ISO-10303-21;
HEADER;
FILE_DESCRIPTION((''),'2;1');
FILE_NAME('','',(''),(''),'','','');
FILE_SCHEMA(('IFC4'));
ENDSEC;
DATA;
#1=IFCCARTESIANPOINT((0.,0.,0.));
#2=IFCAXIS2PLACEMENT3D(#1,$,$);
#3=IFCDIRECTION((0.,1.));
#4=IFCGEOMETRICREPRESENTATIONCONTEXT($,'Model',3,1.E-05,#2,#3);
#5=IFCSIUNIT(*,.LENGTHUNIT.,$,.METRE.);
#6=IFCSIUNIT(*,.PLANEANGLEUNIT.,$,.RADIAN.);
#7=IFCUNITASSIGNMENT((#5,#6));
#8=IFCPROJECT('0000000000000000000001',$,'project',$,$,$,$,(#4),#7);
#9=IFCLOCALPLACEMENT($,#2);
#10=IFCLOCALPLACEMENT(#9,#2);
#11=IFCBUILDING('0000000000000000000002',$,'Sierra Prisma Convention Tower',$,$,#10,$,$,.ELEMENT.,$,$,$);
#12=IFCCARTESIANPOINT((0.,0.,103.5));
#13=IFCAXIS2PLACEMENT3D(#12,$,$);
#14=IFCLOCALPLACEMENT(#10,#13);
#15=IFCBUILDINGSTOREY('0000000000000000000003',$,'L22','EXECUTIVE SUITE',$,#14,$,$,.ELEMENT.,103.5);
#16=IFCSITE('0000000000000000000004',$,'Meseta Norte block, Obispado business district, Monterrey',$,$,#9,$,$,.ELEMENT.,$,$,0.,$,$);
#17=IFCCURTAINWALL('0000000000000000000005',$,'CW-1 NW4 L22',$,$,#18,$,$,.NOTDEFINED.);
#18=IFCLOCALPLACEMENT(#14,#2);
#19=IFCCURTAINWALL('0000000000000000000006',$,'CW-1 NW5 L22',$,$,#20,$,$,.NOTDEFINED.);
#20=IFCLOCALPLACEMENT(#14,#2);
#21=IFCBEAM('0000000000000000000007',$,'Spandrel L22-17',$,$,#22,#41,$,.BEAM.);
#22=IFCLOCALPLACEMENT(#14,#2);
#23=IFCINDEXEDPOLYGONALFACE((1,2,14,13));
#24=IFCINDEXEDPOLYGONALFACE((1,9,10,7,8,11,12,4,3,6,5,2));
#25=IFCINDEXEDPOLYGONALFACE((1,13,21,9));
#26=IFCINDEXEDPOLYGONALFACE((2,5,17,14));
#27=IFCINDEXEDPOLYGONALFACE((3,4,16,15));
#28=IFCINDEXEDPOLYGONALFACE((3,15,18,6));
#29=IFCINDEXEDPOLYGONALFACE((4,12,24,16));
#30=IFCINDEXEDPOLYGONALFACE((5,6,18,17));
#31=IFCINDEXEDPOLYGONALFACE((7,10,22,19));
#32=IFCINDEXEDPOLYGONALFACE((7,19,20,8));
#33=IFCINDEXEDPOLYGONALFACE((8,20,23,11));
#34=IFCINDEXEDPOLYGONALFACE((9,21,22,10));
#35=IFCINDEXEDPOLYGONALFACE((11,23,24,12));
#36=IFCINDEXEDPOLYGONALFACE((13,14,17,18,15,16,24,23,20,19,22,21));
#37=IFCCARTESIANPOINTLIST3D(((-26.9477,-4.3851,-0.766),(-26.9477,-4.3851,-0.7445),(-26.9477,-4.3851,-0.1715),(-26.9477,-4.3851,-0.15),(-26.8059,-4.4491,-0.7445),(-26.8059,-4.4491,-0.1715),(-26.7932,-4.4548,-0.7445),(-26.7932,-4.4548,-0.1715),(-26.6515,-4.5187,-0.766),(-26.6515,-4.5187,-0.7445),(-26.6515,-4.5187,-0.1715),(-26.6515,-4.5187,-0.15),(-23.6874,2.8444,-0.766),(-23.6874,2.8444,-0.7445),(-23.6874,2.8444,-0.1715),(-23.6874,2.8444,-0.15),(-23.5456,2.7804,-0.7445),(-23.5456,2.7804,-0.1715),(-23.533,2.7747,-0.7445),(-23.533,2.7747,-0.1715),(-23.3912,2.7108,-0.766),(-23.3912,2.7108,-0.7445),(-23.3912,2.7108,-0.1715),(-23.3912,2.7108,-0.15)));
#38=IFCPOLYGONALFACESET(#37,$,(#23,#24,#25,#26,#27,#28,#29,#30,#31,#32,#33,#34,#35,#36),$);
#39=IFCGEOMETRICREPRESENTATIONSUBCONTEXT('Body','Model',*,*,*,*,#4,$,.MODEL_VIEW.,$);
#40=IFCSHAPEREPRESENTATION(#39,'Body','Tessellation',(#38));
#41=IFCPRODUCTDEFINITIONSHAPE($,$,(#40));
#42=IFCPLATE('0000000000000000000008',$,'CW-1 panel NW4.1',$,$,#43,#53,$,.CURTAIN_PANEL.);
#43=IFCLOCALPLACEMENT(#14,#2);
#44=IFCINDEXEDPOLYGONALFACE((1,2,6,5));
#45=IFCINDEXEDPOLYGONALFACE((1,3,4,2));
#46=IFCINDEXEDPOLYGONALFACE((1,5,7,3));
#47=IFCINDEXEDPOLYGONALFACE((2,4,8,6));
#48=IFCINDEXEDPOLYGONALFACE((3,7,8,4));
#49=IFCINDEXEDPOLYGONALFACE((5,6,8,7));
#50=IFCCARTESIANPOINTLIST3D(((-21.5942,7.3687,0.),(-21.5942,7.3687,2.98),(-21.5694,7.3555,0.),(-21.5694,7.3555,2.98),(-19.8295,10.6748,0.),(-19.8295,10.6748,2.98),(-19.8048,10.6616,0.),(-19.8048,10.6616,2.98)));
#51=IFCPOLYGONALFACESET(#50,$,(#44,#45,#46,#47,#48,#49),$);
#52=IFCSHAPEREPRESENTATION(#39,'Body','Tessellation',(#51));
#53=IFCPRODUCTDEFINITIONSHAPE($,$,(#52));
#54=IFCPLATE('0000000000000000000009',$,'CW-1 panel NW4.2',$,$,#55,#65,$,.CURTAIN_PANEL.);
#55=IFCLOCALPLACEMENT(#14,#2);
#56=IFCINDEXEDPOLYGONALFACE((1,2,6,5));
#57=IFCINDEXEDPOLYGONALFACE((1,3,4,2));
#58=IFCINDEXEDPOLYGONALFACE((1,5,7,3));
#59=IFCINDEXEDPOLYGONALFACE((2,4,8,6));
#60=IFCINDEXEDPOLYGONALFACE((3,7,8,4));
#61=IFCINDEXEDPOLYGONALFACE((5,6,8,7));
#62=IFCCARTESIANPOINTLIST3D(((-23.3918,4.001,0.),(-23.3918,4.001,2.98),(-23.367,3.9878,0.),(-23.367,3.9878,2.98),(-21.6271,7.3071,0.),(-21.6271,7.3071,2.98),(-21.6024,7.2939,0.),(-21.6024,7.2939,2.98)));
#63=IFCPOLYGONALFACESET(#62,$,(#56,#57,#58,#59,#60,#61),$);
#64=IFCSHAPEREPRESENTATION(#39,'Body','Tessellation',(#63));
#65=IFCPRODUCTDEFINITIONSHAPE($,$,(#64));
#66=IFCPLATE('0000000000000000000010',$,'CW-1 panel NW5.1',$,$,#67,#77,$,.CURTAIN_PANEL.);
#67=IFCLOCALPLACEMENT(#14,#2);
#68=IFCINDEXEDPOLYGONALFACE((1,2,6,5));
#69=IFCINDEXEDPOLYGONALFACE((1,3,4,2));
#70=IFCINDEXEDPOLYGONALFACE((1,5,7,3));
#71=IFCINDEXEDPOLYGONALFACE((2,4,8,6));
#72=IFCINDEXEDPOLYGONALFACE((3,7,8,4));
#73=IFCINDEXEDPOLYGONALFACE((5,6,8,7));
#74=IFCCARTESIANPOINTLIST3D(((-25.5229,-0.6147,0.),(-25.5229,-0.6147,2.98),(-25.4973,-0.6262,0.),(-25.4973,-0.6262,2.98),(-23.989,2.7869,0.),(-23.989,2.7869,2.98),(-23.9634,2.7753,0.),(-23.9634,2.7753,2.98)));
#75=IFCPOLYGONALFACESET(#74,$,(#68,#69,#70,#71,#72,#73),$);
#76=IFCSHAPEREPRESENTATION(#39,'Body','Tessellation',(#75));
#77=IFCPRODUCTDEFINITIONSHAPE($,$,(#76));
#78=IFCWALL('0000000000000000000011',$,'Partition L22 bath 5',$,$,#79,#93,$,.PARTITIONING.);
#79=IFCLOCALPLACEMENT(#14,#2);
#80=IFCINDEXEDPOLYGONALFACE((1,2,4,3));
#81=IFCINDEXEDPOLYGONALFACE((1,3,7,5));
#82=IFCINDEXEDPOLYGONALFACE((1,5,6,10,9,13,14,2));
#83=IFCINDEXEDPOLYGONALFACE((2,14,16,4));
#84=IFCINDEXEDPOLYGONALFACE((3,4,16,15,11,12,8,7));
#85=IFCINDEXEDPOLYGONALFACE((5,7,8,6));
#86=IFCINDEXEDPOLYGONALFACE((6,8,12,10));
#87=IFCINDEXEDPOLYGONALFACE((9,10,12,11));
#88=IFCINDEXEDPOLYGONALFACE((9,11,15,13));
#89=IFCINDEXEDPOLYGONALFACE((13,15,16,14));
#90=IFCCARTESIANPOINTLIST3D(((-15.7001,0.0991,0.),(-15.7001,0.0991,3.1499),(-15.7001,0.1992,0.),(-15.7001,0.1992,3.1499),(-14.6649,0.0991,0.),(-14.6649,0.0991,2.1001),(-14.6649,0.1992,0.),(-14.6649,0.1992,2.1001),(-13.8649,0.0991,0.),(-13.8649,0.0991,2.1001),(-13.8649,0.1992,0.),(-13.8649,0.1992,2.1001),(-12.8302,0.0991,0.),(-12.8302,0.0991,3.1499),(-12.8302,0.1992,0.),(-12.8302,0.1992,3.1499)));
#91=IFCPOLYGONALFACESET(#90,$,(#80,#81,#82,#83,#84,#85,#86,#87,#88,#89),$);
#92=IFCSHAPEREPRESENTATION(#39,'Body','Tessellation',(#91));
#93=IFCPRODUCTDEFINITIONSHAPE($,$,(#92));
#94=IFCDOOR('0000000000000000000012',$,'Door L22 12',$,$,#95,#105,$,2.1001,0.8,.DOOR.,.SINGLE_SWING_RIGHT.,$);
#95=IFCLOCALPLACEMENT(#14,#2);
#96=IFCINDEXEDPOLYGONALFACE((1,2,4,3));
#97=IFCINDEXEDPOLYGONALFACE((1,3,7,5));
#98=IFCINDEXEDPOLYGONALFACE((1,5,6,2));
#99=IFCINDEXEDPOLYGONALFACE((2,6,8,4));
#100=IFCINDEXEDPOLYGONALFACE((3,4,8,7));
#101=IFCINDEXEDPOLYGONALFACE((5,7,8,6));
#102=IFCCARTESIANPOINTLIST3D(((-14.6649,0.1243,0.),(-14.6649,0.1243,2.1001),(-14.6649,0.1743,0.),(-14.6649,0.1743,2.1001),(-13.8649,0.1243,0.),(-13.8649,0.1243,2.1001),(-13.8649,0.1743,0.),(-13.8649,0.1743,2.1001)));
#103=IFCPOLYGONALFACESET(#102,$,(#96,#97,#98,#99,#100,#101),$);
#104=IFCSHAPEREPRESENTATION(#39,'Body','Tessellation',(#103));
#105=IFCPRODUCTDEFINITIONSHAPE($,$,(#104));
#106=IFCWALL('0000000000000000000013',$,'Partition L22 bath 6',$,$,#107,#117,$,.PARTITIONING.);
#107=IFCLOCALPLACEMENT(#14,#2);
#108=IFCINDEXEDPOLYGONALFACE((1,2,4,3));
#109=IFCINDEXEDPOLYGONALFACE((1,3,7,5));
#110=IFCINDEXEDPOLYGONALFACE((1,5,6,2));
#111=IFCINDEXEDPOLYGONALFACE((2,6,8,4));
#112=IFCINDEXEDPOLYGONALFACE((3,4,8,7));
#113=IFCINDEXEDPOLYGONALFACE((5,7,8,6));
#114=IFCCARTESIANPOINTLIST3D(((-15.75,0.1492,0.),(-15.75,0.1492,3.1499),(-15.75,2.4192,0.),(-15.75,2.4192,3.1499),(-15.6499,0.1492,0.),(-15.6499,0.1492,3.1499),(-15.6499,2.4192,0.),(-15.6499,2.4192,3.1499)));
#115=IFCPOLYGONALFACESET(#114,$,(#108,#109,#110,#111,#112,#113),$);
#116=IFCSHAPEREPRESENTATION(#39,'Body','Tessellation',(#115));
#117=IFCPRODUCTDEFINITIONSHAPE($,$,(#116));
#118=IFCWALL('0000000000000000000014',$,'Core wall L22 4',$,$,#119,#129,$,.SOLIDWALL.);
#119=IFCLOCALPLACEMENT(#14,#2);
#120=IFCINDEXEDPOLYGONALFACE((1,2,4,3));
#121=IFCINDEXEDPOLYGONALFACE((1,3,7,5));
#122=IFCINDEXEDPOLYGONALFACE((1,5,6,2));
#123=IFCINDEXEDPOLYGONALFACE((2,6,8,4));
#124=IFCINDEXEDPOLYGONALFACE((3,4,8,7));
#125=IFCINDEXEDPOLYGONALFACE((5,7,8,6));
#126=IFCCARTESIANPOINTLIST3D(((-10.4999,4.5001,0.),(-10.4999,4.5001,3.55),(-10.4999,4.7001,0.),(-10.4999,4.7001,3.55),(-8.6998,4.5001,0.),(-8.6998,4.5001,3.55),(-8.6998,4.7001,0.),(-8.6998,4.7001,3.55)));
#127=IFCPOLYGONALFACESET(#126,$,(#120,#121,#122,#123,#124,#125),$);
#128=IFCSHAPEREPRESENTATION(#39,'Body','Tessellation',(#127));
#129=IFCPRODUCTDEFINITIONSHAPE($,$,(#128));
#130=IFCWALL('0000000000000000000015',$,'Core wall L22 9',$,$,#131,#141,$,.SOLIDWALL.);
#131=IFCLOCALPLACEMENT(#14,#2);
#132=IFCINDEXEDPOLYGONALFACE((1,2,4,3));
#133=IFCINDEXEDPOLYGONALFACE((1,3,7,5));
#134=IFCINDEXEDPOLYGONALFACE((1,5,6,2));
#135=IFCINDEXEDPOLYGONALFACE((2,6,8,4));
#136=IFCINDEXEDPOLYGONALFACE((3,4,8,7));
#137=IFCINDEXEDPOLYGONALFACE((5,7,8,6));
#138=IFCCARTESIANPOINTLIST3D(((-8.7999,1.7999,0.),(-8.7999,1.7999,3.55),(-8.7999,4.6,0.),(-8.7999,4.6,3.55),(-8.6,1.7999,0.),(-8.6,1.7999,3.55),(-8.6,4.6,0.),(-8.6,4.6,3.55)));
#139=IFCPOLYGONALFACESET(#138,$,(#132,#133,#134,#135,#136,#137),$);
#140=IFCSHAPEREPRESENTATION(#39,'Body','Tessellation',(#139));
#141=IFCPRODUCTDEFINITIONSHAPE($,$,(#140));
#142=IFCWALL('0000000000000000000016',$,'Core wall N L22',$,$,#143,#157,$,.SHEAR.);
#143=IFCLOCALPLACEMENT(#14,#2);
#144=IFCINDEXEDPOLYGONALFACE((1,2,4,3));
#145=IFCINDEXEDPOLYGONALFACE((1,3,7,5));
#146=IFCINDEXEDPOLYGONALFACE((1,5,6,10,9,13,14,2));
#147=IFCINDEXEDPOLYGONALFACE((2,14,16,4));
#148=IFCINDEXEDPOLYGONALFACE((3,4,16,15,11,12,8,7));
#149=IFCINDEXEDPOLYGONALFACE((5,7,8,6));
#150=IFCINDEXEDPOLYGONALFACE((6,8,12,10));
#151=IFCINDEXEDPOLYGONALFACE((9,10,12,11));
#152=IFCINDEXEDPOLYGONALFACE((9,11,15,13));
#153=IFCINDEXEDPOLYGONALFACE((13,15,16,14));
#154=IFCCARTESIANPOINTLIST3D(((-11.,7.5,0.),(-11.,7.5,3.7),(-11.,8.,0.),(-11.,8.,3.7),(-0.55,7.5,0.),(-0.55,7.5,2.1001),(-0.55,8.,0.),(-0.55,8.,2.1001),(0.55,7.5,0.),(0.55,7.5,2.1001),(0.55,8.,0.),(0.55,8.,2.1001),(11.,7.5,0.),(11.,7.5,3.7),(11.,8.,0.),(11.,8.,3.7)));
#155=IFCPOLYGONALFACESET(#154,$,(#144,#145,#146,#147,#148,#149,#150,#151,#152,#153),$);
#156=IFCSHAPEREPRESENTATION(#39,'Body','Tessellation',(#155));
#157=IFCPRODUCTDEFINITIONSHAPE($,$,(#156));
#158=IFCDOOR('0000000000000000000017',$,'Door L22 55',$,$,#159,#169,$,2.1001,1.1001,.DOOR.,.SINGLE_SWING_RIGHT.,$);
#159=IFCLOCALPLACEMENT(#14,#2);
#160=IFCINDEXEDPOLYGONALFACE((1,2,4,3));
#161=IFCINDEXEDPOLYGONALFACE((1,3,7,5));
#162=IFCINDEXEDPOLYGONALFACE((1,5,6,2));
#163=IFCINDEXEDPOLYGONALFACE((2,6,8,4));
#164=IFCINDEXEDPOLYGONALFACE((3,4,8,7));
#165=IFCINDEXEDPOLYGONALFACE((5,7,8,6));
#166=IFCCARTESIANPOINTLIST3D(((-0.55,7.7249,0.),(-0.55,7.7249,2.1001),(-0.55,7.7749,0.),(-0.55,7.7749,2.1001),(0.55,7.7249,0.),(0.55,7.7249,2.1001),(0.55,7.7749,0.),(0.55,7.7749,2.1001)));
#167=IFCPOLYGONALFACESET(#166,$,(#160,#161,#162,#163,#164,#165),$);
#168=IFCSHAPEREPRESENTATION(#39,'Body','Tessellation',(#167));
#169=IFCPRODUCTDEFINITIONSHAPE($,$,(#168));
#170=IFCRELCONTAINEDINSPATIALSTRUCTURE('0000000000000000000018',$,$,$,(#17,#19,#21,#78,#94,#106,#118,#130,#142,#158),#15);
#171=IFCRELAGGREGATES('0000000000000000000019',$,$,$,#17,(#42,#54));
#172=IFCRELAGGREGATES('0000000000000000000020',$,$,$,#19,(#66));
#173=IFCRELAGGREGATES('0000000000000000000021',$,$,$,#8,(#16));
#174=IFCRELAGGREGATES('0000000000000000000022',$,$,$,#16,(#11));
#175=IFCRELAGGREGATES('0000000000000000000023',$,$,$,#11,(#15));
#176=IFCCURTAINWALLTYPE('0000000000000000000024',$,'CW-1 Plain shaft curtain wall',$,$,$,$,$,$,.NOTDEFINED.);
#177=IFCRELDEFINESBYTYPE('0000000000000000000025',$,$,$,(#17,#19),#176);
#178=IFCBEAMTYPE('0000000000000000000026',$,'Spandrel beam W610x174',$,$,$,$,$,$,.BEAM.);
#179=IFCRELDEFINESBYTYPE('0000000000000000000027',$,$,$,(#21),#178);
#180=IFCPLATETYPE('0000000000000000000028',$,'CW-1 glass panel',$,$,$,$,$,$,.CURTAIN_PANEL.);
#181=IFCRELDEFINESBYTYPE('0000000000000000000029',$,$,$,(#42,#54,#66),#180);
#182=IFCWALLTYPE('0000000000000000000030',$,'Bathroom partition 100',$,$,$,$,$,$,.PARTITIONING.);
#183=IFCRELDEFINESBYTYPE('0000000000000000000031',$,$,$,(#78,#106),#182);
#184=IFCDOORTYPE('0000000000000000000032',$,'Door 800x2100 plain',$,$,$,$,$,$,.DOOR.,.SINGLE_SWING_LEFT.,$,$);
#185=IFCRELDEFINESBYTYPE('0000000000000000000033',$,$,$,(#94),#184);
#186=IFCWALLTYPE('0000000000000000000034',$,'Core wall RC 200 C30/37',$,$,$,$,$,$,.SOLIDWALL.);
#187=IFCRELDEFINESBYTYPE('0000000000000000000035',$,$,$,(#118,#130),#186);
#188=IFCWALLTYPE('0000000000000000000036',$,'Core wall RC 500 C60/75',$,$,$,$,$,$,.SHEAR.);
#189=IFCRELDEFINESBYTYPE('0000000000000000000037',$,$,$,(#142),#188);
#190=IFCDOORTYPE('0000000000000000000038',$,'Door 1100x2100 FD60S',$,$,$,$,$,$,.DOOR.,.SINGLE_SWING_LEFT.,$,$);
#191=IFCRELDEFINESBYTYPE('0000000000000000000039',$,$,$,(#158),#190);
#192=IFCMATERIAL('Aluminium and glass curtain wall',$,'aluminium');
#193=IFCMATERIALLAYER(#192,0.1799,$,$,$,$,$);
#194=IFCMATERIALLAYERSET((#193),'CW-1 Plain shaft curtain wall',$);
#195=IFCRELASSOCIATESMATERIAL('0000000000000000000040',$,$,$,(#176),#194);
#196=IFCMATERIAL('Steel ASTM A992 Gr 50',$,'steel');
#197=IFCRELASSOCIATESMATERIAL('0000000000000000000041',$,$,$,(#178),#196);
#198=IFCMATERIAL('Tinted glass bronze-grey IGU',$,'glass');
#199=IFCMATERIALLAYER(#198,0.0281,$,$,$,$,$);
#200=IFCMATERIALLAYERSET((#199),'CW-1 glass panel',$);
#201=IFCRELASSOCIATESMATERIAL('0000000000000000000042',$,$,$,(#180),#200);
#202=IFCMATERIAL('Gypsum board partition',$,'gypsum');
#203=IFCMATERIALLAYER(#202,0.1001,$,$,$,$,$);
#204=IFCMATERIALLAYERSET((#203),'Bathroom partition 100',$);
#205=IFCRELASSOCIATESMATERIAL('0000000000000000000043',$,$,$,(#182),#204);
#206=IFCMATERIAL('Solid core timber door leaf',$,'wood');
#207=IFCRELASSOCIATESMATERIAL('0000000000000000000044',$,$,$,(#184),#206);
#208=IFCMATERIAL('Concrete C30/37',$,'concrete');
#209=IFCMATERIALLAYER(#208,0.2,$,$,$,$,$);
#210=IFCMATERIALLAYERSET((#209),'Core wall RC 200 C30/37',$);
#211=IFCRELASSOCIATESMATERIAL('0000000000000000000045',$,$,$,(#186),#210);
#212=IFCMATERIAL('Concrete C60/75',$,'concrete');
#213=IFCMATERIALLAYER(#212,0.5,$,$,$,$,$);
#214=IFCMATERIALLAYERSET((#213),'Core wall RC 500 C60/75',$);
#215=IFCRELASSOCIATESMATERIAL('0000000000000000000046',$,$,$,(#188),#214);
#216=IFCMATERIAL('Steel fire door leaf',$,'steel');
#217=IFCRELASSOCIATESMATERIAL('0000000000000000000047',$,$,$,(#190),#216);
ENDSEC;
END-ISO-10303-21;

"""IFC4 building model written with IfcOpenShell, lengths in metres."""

from ifc_helpers import new_model, si_unit, direction, frame, frame_2d, origin, origin_2d, place, context, subcontext, project, spatial, rectangle, i_section, extrude, material, layer, layer_set, material_profile, profile_set, type_object, element, fill, aggregate, save


model = new_model("IFC4")

# Units and contexts
model_context = context("Model", 3, precision=1e-05, world=origin(), true_north=direction((0.0, 1.0)))
body_context = subcontext(model_context, "Body", "Model", "MODEL_VIEW")
ifc_project = project(units=[si_unit("LENGTHUNIT", "METRE"), si_unit("PLANEANGLEUNIT", "RADIAN")], contexts=[model_context])

# Site, building, storey
site_placement = place(None, origin())
site = spatial("IfcSite", under=ifc_project, at=site_placement, Name="Meseta Norte block, Obispado business district, Monterrey", CompositionType="ELEMENT", RefElevation=0.0)
building_placement = place(site_placement, origin())
building = spatial("IfcBuilding", under=site, at=building_placement, Name="Sierra Prisma Convention Tower", CompositionType="ELEMENT")
storey_placement = place(building_placement, frame((0.0, 0.0, 103.5)))
storey = spatial("IfcBuildingStorey", under=building, at=storey_placement, Name="L22", Description="EXECUTIVE SUITE", CompositionType="ELEMENT", Elevation=103.5)

# Curtain wall
ifc_material_1 = material(Name="Aluminium and glass curtain wall", Category="aluminium")
ifc_layer_1 = layer(ifc_material_1, 0.1799)
ifc_layer_set_1 = layer_set([ifc_layer_1], Name="CW-1 Plain shaft curtain wall")
curtain_wall_type = type_object("IfcCurtainWallType", Name="CW-1 Plain shaft curtain wall", PredefinedType="NOTDEFINED", material=ifc_layer_set_1)
curtain_wall_1_placement = place(storey_placement, origin())
curtain_wall_1 = element("IfcCurtainWall", 1, at=curtain_wall_1_placement, inside=storey, type_object=curtain_wall_type, Name="CW-1 NW4 L22", PredefinedType="NOTDEFINED")

# Curtain wall
curtain_wall_2_placement = place(storey_placement, origin())
curtain_wall_2 = element("IfcCurtainWall", 2, at=curtain_wall_2_placement, inside=storey, type_object=curtain_wall_type, Name="CW-1 NW5 L22", PredefinedType="NOTDEFINED")

# Beam
ifc_material_2 = material(Name="Steel ASTM A992 Gr 50", Category="steel")
ifc_material_profile_1 = material_profile(ifc_material_2, i_section(OverallWidth=0.325, OverallDepth=0.616, WebThickness=0.0139, FlangeThickness=0.0215, at=origin_2d()), Name="W610x174")
ifc_profile_set_1 = profile_set([ifc_material_profile_1], Name="Steel ASTM A992 Gr 50")
beam_type_1 = type_object("IfcBeamType", Name="Spandrel beam W610x174", PredefinedType="BEAM", material=ifc_profile_set_1)
beam_1_placement = place(storey_placement, frame((-23.5393, 2.7776, -0.458), z_axis=(-0.411097, -0.911592, 0.0), x_axis=(0.911592, -0.411097, 0.0)))
element("IfcBeam", 3, at=beam_1_placement, inside=storey, type_object=beam_type_1, Name="Spandrel L22-17", PredefinedType="BEAM", context=body_context, shape_type="SweptSolid", body=[
    extrude(i_section(OverallWidth=0.325, OverallDepth=0.616, WebThickness=0.0139, FlangeThickness=0.0215, at=origin_2d()), origin(), (0.0, 0.0, 1.0), 7.9307),
])

# Plates
ifc_material_3 = material(Name="Tinted glass bronze-grey IGU", Category="glass")
ifc_layer_2 = layer(ifc_material_3, 0.0281)
ifc_layer_set_2 = layer_set([ifc_layer_2], Name="CW-1 glass panel")
plate_type = type_object("IfcPlateType", Name="CW-1 glass panel", PredefinedType="CURTAIN_PANEL", material=ifc_layer_set_2)
plate_1_placement = place(storey_placement, frame((-20.6995, 9.0151, 0.0), z_axis=(0.0, 0.0, 1.0), x_axis=(-0.470872, -0.882201, 0.0)))
plate_1 = element("IfcPlate", 4, at=plate_1_placement, type_object=plate_type, Name="CW-1 panel NW4.1", PredefinedType="CURTAIN_PANEL", context=body_context, shape_type="SweptSolid", body=[
    extrude(rectangle(XDim=3.7476, YDim=0.0281, at=origin_2d()), origin(), (0.0, 0.0, 1.0), 2.98),
])
plate_2_placement = place(storey_placement, frame((-22.4971, 5.6475, 0.0), z_axis=(0.0, 0.0, 1.0), x_axis=(-0.470872, -0.882201, 0.0)))
plate_2 = element("IfcPlate", 5, at=plate_2_placement, type_object=plate_type, Name="CW-1 panel NW4.2", PredefinedType="CURTAIN_PANEL", context=body_context, shape_type="SweptSolid", body=[
    extrude(rectangle(XDim=3.7476, YDim=0.0281, at=origin_2d()), origin(), (0.0, 0.0, 1.0), 2.98),
])
aggregate(curtain_wall_1, [plate_1, plate_2])
plate_3_placement = place(storey_placement, frame((-24.7432, 1.0803, 0.0), z_axis=(0.0, 0.0, 1.0), x_axis=(-0.411081, -0.911599, 0.0)))
plate_3 = element("IfcPlate", 6, at=plate_3_placement, type_object=plate_type, Name="CW-1 panel NW5.1", PredefinedType="CURTAIN_PANEL", context=body_context, shape_type="SweptSolid", body=[
    extrude(rectangle(XDim=3.7314, YDim=0.0281, at=origin_2d()), origin(), (0.0, 0.0, 1.0), 2.98),
])
aggregate(curtain_wall_2, [plate_3])

# Wall, opening, door
ifc_material_4 = material(Name="Gypsum board partition", Category="gypsum")
ifc_layer_3 = layer(ifc_material_4, 0.1001)
ifc_layer_set_3 = layer_set([ifc_layer_3], Name="Bathroom partition 100")
wall_type_1 = type_object("IfcWallType", Name="Bathroom partition 100", PredefinedType="PARTITIONING", material=ifc_layer_set_3)
wall_1_placement = place(storey_placement, frame((-12.8301, 0.1492, 0.0), z_axis=(0.0, 0.0, 1.0), x_axis=(-1.0, 0.0, 0.0)))
wall_1 = element("IfcWall", 7, at=wall_1_placement, inside=storey, type_object=wall_type_1, Name="Partition L22 bath 5", PredefinedType="PARTITIONING", context=body_context, shape_type="SweptSolid", body=[
    extrude(rectangle(XDim=2.8699, YDim=0.1001, at=frame_2d((1.4351, 0.0))), origin(), (0.0, 0.0, 1.0), 3.1499),
])
opening_1_placement = place(wall_1_placement, frame((1.0349, 0.0, 0.0)))
opening_1 = element("IfcOpeningElement", 8, at=opening_1_placement, cuts=wall_1, PredefinedType="OPENING", context=body_context, shape_type="SweptSolid", body=[
    extrude(rectangle(XDim=0.8, YDim=2.1001, at=frame_2d((0.3999, 1.05))), frame((0.0, 0.05, 0.0), z_axis=(0.0, -1.0, 0.0), x_axis=(1.0, 0.0, 0.0)), (0.0, 0.0, 1.0), 0.1001),
])
ifc_material_5 = material(Name="Solid core timber door leaf", Category="wood")
door_type_1 = type_object("IfcDoorType", Name="Door 800x2100 plain", OperationType="SINGLE_SWING_LEFT", PredefinedType="DOOR", material=ifc_material_5)
door_1_placement = place(opening_1_placement, origin())
door_1 = element("IfcDoor", 9, at=door_1_placement, inside=storey, type_object=door_type_1, Name="Door L22 12", OperationType="SINGLE_SWING_RIGHT", OverallHeight=2.1001, OverallWidth=0.8, PredefinedType="DOOR", context=body_context, shape_type="SweptSolid", body=[
    extrude(rectangle(XDim=0.8, YDim=2.1001, at=frame_2d((0.3999, 1.05))), frame((0.0, 0.0249, 0.0), z_axis=(0.0, -1.0, 0.0), x_axis=(1.0, 0.0, 0.0)), (0.0, 0.0, 1.0), 0.05),
])
fill(opening_1, door_1)

# Wall
wall_2_placement = place(storey_placement, frame((-15.7, 0.1492, 0.0), z_axis=(0.0, 0.0, 1.0), x_axis=(0.0, 1.0, 0.0)))
element("IfcWall", 10, at=wall_2_placement, inside=storey, type_object=wall_type_1, Name="Partition L22 bath 6", PredefinedType="PARTITIONING", context=body_context, shape_type="SweptSolid", body=[
    extrude(rectangle(XDim=2.27, YDim=0.1001, at=frame_2d((1.135, 0.0))), origin(), (0.0, 0.0, 1.0), 3.1499),
])

# Shared definitions
ifc_material_6 = material(Name="Concrete C30/37", Category="concrete")
ifc_layer_4 = layer(ifc_material_6, 0.2)
ifc_layer_set_4 = layer_set([ifc_layer_4], Name="Core wall RC 200 C30/37")
wall_type_2 = type_object("IfcWallType", Name="Core wall RC 200 C30/37", PredefinedType="SOLIDWALL", material=ifc_layer_set_4)

# Wall
wall_3_placement = place(storey_placement, frame((-8.7, 4.6001, 0.0), z_axis=(0.0, 0.0, 1.0), x_axis=(-1.0, 0.0, 0.0)))
element("IfcWall", 11, at=wall_3_placement, inside=storey, type_object=wall_type_2, Name="Core wall L22 4", PredefinedType="SOLIDWALL", context=body_context, shape_type="SweptSolid", body=[
    extrude(rectangle(XDim=1.8, YDim=0.2, at=frame_2d((0.8999, 0.0))), origin(), (0.0, 0.0, 1.0), 3.55),
])

# Wall
wall_4_placement = place(storey_placement, frame((-8.7, 1.8, 0.0), z_axis=(0.0, 0.0, 1.0), x_axis=(0.0, 1.0, 0.0)))
element("IfcWall", 12, at=wall_4_placement, inside=storey, type_object=wall_type_2, Name="Core wall L22 9", PredefinedType="SOLIDWALL", context=body_context, shape_type="SweptSolid", body=[
    extrude(rectangle(XDim=2.8, YDim=0.2, at=frame_2d((1.3999, 0.0))), origin(), (0.0, 0.0, 1.0), 3.55),
])

# Wall, opening, door
ifc_material_7 = material(Name="Concrete C60/75", Category="concrete")
ifc_layer_5 = layer(ifc_material_7, 0.5)
ifc_layer_set_5 = layer_set([ifc_layer_5], Name="Core wall RC 500 C60/75")
wall_type_3 = type_object("IfcWallType", Name="Core wall RC 500 C60/75", PredefinedType="SHEAR", material=ifc_layer_set_5)
wall_5_placement = place(storey_placement, frame((-11.0, 7.75, 0.0), z_axis=(0.0, 0.0, 1.0), x_axis=(1.0, 0.0, 0.0)))
wall_5 = element("IfcWall", 13, at=wall_5_placement, inside=storey, type_object=wall_type_3, Name="Core wall N L22", PredefinedType="SHEAR", context=body_context, shape_type="SweptSolid", body=[
    extrude(rectangle(XDim=22.0, YDim=0.5, at=frame_2d((11.0, 0.0))), origin(), (0.0, 0.0, 1.0), 3.7),
])
opening_2_placement = place(wall_5_placement, frame((10.45, 0.0, 0.0)))
opening_2 = element("IfcOpeningElement", 14, at=opening_2_placement, cuts=wall_5, PredefinedType="OPENING", context=body_context, shape_type="SweptSolid", body=[
    extrude(rectangle(XDim=1.1001, YDim=2.1001, at=frame_2d((0.55, 1.05))), frame((0.0, 0.25, 0.0), z_axis=(0.0, -1.0, 0.0), x_axis=(1.0, 0.0, 0.0)), (0.0, 0.0, 1.0), 0.5),
])
ifc_material_8 = material(Name="Steel fire door leaf", Category="steel")
door_type_2 = type_object("IfcDoorType", Name="Door 1100x2100 FD60S", OperationType="SINGLE_SWING_LEFT", PredefinedType="DOOR", material=ifc_material_8)
door_2_placement = place(opening_2_placement, origin())
door_2 = element("IfcDoor", 15, at=door_2_placement, inside=storey, type_object=door_type_2, Name="Door L22 55", OperationType="SINGLE_SWING_RIGHT", OverallHeight=2.1001, OverallWidth=1.1001, PredefinedType="DOOR", context=body_context, shape_type="SweptSolid", body=[
    extrude(rectangle(XDim=1.1001, YDim=2.1001, at=frame_2d((0.55, 1.05))), frame((0.0, 0.0249, 0.0), z_axis=(0.0, -1.0, 0.0), x_axis=(1.0, 0.0, 0.0)), (0.0, 0.0, 1.0), 0.05),
])
fill(opening_2, door_2)

save(model, "model.ifc")
